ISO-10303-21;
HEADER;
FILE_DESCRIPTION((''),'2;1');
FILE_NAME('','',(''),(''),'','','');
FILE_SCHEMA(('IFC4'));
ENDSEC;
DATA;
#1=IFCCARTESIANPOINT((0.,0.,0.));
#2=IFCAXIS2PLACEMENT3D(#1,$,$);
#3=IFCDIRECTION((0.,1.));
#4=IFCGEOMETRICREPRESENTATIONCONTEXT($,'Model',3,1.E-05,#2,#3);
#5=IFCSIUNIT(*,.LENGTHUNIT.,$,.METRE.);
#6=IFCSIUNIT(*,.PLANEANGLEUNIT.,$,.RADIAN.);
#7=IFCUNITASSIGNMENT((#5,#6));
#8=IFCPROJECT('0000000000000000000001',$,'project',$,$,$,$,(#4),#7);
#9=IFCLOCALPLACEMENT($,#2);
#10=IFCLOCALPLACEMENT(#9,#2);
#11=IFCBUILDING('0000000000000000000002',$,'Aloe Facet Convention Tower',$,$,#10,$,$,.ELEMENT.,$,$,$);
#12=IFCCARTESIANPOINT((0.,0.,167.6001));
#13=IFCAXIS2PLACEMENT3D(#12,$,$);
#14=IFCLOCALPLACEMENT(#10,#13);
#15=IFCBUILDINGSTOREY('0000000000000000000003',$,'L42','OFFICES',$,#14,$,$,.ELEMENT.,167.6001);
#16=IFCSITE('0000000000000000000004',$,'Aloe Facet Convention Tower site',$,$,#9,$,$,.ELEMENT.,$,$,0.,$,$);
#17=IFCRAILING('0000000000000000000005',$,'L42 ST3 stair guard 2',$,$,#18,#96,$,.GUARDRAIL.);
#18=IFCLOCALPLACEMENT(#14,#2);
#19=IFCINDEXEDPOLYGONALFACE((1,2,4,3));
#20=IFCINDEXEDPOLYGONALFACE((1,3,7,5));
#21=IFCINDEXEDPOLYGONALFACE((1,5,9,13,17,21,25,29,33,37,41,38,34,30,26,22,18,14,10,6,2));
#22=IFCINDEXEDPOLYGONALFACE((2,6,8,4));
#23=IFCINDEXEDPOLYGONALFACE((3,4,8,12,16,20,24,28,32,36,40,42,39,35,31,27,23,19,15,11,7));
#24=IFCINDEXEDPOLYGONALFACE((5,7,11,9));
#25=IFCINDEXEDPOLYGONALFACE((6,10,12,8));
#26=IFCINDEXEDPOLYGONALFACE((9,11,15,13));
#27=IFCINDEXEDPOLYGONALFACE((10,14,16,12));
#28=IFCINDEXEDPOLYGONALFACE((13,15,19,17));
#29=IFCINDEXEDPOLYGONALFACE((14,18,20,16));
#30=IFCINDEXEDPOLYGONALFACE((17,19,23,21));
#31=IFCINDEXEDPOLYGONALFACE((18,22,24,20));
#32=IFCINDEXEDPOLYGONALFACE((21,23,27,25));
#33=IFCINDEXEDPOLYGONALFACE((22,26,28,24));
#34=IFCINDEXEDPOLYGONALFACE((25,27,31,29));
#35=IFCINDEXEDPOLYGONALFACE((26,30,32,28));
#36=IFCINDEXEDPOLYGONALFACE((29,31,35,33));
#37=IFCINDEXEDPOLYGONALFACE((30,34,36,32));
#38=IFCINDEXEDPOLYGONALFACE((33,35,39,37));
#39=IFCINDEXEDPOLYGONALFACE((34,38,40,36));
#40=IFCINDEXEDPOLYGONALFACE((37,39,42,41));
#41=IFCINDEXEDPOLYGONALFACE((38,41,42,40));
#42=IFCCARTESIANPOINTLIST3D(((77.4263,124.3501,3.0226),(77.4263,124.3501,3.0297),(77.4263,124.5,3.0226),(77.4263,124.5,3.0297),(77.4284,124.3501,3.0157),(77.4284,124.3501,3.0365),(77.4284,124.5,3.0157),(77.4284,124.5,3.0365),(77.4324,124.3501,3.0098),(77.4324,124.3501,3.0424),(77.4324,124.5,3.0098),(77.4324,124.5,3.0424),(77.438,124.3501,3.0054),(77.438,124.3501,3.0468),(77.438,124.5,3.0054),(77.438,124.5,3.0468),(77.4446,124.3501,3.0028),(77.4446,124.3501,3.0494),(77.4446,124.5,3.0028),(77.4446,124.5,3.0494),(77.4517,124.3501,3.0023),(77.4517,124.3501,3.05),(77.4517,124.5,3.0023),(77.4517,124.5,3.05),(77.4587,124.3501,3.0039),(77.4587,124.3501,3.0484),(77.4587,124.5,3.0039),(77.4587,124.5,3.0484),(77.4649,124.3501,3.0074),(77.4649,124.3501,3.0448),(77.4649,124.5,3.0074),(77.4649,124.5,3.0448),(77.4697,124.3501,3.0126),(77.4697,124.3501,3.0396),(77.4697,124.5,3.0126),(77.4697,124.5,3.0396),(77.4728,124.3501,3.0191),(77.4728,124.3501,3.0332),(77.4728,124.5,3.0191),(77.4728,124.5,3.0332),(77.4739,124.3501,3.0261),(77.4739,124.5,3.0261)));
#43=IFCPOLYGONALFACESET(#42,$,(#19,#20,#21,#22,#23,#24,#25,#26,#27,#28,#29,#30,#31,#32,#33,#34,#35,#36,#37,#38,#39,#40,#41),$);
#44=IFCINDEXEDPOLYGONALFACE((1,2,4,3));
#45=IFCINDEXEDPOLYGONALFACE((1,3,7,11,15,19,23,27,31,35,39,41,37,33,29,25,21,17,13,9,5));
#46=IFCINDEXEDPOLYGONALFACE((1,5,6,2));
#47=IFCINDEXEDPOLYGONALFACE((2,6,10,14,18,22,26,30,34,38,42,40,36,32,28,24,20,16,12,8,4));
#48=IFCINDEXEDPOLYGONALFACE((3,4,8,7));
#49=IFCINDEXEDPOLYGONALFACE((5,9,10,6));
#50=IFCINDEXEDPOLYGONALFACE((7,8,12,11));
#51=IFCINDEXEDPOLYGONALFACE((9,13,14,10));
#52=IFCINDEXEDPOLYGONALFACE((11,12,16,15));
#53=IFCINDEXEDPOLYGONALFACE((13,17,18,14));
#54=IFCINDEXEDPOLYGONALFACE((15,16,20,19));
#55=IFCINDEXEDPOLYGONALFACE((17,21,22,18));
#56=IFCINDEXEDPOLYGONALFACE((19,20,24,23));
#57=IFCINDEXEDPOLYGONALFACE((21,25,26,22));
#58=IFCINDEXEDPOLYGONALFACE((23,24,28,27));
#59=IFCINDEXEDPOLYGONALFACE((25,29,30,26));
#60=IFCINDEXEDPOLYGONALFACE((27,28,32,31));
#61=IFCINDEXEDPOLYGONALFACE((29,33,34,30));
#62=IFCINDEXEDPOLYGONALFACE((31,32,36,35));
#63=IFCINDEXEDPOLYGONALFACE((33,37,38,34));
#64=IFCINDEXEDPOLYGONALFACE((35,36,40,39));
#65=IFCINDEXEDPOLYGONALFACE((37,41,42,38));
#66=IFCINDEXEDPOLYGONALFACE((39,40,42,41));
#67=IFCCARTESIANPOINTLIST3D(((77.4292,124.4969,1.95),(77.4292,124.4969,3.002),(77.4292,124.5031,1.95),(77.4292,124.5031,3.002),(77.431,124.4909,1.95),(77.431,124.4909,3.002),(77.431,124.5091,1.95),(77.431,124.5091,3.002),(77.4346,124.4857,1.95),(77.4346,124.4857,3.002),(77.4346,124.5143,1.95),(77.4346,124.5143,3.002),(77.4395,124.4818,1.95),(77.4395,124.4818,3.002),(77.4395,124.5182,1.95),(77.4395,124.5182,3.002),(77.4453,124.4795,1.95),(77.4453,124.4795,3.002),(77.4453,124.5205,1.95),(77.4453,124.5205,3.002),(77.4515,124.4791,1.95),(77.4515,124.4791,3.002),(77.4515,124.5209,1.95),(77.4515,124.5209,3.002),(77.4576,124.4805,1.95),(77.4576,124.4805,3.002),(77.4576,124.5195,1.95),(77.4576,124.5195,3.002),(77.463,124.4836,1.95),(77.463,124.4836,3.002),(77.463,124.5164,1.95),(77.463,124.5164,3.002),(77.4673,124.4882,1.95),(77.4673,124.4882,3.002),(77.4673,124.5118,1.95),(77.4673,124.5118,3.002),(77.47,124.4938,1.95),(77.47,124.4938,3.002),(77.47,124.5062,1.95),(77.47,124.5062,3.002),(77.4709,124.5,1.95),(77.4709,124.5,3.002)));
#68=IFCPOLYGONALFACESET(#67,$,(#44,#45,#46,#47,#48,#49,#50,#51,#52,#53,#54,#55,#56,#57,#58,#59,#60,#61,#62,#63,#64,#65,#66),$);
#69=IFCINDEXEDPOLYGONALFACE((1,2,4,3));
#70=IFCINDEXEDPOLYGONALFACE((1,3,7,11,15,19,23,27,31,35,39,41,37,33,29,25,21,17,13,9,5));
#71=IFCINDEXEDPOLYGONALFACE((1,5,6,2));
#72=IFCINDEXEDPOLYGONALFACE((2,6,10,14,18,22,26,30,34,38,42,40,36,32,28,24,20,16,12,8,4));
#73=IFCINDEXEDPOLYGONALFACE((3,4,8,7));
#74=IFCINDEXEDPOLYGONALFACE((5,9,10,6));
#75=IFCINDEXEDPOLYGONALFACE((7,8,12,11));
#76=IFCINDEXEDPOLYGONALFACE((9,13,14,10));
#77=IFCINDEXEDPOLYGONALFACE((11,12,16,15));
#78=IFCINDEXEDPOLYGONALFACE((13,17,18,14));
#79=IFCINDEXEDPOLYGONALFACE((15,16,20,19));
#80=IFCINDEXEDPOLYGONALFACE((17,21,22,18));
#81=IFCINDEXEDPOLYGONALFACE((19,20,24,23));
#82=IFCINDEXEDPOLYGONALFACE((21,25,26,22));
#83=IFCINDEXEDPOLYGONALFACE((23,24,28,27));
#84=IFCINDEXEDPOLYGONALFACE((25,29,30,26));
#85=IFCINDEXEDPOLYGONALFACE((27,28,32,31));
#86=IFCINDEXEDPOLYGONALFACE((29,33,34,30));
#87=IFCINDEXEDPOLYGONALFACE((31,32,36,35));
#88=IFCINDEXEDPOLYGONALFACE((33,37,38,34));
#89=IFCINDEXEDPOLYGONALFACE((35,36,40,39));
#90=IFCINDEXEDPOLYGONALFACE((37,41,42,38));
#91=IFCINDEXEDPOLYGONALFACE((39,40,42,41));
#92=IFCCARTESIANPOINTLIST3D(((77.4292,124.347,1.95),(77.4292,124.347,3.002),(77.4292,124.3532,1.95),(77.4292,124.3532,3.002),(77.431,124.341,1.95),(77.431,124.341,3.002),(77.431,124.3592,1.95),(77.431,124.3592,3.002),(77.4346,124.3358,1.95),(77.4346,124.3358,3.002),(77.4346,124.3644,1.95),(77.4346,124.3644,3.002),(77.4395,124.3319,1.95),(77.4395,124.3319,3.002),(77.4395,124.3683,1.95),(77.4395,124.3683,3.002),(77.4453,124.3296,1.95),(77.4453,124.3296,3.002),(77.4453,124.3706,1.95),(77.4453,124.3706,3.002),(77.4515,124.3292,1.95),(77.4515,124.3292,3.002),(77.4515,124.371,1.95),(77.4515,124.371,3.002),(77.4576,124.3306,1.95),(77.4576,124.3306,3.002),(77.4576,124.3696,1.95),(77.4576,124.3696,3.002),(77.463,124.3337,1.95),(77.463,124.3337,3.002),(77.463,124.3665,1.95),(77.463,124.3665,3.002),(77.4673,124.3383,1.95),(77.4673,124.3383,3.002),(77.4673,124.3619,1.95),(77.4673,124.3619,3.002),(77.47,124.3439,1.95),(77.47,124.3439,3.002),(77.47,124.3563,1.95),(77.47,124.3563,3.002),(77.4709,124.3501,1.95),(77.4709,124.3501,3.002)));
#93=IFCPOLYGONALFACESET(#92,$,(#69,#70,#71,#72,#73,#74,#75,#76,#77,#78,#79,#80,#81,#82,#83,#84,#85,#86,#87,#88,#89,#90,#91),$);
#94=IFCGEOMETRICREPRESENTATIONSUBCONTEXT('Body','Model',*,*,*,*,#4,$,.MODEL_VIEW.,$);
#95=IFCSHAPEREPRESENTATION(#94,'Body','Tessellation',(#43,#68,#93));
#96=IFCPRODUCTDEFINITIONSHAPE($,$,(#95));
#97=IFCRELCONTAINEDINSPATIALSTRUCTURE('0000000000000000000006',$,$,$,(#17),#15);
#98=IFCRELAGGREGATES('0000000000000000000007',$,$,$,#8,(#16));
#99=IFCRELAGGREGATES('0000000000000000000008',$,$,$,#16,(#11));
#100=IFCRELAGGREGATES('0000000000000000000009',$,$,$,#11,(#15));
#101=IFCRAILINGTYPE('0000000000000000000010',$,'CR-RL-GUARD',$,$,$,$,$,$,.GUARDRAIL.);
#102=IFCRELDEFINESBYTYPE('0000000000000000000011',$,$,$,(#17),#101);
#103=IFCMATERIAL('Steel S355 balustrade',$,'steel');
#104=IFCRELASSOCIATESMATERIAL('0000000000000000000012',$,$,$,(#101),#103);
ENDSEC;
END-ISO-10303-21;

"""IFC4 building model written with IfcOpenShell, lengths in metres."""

from ifc_helpers import new_model, si_unit, direction, frame, origin, origin_2d, place, context, subcontext, project, spatial, circle, extrude, material, type_object, element, save


model = new_model("IFC4")

# Units and contexts
model_context = context("Model", 3, precision=1e-05, world=origin(), true_north=direction((0.0, 1.0)))
body_context = subcontext(model_context, "Body", "Model", "MODEL_VIEW")
ifc_project = project(units=[si_unit("LENGTHUNIT", "METRE"), si_unit("PLANEANGLEUNIT", "RADIAN")], contexts=[model_context])

# Site, building, storey
site_placement = place(None, origin())
site = spatial("IfcSite", under=ifc_project, at=site_placement, Name="Aloe Facet Convention Tower site", CompositionType="ELEMENT", RefElevation=0.0)
building_placement = place(site_placement, origin())
building = spatial("IfcBuilding", under=site, at=building_placement, Name="Aloe Facet Convention Tower", CompositionType="ELEMENT")
storey_placement = place(building_placement, frame((0.0, 0.0, 167.6001)))
storey = spatial("IfcBuildingStorey", under=building, at=storey_placement, Name="L42", Description="OFFICES", CompositionType="ELEMENT", Elevation=167.6001)

# Railing
ifc_material_1 = material(Name="Steel S355 balustrade", Category="steel")
railing_type_1 = type_object("IfcRailingType", Name="CR-RL-GUARD", PredefinedType="GUARDRAIL", material=ifc_material_1)
railing_1_placement = place(storey_placement, frame((77.45, 124.5, 1.95)))
element("IfcRailing", 1, at=railing_1_placement, inside=storey, type_object=railing_type_1, Name="L42 ST3 stair guard 2", PredefinedType="GUARDRAIL", context=body_context, shape_type="SweptSolid", body=[
    extrude(circle(Radius=0.0239, at=origin_2d()), frame((0.0, 0.0, 1.0762), z_axis=(0.0, -1.0, 0.0), x_axis=(1.0, 0.0, 0.0)), (0.0, 0.0, 1.0), 0.1499),
    extrude(circle(Radius=0.021, at=origin_2d()), origin(), (0.0, 0.0, 1.0), 1.052),
    extrude(circle(Radius=0.021, at=origin_2d()), frame((0.0, -0.1499, 0.0)), (0.0, 0.0, 1.0), 1.052),
])

save(model, "model.ifc")
